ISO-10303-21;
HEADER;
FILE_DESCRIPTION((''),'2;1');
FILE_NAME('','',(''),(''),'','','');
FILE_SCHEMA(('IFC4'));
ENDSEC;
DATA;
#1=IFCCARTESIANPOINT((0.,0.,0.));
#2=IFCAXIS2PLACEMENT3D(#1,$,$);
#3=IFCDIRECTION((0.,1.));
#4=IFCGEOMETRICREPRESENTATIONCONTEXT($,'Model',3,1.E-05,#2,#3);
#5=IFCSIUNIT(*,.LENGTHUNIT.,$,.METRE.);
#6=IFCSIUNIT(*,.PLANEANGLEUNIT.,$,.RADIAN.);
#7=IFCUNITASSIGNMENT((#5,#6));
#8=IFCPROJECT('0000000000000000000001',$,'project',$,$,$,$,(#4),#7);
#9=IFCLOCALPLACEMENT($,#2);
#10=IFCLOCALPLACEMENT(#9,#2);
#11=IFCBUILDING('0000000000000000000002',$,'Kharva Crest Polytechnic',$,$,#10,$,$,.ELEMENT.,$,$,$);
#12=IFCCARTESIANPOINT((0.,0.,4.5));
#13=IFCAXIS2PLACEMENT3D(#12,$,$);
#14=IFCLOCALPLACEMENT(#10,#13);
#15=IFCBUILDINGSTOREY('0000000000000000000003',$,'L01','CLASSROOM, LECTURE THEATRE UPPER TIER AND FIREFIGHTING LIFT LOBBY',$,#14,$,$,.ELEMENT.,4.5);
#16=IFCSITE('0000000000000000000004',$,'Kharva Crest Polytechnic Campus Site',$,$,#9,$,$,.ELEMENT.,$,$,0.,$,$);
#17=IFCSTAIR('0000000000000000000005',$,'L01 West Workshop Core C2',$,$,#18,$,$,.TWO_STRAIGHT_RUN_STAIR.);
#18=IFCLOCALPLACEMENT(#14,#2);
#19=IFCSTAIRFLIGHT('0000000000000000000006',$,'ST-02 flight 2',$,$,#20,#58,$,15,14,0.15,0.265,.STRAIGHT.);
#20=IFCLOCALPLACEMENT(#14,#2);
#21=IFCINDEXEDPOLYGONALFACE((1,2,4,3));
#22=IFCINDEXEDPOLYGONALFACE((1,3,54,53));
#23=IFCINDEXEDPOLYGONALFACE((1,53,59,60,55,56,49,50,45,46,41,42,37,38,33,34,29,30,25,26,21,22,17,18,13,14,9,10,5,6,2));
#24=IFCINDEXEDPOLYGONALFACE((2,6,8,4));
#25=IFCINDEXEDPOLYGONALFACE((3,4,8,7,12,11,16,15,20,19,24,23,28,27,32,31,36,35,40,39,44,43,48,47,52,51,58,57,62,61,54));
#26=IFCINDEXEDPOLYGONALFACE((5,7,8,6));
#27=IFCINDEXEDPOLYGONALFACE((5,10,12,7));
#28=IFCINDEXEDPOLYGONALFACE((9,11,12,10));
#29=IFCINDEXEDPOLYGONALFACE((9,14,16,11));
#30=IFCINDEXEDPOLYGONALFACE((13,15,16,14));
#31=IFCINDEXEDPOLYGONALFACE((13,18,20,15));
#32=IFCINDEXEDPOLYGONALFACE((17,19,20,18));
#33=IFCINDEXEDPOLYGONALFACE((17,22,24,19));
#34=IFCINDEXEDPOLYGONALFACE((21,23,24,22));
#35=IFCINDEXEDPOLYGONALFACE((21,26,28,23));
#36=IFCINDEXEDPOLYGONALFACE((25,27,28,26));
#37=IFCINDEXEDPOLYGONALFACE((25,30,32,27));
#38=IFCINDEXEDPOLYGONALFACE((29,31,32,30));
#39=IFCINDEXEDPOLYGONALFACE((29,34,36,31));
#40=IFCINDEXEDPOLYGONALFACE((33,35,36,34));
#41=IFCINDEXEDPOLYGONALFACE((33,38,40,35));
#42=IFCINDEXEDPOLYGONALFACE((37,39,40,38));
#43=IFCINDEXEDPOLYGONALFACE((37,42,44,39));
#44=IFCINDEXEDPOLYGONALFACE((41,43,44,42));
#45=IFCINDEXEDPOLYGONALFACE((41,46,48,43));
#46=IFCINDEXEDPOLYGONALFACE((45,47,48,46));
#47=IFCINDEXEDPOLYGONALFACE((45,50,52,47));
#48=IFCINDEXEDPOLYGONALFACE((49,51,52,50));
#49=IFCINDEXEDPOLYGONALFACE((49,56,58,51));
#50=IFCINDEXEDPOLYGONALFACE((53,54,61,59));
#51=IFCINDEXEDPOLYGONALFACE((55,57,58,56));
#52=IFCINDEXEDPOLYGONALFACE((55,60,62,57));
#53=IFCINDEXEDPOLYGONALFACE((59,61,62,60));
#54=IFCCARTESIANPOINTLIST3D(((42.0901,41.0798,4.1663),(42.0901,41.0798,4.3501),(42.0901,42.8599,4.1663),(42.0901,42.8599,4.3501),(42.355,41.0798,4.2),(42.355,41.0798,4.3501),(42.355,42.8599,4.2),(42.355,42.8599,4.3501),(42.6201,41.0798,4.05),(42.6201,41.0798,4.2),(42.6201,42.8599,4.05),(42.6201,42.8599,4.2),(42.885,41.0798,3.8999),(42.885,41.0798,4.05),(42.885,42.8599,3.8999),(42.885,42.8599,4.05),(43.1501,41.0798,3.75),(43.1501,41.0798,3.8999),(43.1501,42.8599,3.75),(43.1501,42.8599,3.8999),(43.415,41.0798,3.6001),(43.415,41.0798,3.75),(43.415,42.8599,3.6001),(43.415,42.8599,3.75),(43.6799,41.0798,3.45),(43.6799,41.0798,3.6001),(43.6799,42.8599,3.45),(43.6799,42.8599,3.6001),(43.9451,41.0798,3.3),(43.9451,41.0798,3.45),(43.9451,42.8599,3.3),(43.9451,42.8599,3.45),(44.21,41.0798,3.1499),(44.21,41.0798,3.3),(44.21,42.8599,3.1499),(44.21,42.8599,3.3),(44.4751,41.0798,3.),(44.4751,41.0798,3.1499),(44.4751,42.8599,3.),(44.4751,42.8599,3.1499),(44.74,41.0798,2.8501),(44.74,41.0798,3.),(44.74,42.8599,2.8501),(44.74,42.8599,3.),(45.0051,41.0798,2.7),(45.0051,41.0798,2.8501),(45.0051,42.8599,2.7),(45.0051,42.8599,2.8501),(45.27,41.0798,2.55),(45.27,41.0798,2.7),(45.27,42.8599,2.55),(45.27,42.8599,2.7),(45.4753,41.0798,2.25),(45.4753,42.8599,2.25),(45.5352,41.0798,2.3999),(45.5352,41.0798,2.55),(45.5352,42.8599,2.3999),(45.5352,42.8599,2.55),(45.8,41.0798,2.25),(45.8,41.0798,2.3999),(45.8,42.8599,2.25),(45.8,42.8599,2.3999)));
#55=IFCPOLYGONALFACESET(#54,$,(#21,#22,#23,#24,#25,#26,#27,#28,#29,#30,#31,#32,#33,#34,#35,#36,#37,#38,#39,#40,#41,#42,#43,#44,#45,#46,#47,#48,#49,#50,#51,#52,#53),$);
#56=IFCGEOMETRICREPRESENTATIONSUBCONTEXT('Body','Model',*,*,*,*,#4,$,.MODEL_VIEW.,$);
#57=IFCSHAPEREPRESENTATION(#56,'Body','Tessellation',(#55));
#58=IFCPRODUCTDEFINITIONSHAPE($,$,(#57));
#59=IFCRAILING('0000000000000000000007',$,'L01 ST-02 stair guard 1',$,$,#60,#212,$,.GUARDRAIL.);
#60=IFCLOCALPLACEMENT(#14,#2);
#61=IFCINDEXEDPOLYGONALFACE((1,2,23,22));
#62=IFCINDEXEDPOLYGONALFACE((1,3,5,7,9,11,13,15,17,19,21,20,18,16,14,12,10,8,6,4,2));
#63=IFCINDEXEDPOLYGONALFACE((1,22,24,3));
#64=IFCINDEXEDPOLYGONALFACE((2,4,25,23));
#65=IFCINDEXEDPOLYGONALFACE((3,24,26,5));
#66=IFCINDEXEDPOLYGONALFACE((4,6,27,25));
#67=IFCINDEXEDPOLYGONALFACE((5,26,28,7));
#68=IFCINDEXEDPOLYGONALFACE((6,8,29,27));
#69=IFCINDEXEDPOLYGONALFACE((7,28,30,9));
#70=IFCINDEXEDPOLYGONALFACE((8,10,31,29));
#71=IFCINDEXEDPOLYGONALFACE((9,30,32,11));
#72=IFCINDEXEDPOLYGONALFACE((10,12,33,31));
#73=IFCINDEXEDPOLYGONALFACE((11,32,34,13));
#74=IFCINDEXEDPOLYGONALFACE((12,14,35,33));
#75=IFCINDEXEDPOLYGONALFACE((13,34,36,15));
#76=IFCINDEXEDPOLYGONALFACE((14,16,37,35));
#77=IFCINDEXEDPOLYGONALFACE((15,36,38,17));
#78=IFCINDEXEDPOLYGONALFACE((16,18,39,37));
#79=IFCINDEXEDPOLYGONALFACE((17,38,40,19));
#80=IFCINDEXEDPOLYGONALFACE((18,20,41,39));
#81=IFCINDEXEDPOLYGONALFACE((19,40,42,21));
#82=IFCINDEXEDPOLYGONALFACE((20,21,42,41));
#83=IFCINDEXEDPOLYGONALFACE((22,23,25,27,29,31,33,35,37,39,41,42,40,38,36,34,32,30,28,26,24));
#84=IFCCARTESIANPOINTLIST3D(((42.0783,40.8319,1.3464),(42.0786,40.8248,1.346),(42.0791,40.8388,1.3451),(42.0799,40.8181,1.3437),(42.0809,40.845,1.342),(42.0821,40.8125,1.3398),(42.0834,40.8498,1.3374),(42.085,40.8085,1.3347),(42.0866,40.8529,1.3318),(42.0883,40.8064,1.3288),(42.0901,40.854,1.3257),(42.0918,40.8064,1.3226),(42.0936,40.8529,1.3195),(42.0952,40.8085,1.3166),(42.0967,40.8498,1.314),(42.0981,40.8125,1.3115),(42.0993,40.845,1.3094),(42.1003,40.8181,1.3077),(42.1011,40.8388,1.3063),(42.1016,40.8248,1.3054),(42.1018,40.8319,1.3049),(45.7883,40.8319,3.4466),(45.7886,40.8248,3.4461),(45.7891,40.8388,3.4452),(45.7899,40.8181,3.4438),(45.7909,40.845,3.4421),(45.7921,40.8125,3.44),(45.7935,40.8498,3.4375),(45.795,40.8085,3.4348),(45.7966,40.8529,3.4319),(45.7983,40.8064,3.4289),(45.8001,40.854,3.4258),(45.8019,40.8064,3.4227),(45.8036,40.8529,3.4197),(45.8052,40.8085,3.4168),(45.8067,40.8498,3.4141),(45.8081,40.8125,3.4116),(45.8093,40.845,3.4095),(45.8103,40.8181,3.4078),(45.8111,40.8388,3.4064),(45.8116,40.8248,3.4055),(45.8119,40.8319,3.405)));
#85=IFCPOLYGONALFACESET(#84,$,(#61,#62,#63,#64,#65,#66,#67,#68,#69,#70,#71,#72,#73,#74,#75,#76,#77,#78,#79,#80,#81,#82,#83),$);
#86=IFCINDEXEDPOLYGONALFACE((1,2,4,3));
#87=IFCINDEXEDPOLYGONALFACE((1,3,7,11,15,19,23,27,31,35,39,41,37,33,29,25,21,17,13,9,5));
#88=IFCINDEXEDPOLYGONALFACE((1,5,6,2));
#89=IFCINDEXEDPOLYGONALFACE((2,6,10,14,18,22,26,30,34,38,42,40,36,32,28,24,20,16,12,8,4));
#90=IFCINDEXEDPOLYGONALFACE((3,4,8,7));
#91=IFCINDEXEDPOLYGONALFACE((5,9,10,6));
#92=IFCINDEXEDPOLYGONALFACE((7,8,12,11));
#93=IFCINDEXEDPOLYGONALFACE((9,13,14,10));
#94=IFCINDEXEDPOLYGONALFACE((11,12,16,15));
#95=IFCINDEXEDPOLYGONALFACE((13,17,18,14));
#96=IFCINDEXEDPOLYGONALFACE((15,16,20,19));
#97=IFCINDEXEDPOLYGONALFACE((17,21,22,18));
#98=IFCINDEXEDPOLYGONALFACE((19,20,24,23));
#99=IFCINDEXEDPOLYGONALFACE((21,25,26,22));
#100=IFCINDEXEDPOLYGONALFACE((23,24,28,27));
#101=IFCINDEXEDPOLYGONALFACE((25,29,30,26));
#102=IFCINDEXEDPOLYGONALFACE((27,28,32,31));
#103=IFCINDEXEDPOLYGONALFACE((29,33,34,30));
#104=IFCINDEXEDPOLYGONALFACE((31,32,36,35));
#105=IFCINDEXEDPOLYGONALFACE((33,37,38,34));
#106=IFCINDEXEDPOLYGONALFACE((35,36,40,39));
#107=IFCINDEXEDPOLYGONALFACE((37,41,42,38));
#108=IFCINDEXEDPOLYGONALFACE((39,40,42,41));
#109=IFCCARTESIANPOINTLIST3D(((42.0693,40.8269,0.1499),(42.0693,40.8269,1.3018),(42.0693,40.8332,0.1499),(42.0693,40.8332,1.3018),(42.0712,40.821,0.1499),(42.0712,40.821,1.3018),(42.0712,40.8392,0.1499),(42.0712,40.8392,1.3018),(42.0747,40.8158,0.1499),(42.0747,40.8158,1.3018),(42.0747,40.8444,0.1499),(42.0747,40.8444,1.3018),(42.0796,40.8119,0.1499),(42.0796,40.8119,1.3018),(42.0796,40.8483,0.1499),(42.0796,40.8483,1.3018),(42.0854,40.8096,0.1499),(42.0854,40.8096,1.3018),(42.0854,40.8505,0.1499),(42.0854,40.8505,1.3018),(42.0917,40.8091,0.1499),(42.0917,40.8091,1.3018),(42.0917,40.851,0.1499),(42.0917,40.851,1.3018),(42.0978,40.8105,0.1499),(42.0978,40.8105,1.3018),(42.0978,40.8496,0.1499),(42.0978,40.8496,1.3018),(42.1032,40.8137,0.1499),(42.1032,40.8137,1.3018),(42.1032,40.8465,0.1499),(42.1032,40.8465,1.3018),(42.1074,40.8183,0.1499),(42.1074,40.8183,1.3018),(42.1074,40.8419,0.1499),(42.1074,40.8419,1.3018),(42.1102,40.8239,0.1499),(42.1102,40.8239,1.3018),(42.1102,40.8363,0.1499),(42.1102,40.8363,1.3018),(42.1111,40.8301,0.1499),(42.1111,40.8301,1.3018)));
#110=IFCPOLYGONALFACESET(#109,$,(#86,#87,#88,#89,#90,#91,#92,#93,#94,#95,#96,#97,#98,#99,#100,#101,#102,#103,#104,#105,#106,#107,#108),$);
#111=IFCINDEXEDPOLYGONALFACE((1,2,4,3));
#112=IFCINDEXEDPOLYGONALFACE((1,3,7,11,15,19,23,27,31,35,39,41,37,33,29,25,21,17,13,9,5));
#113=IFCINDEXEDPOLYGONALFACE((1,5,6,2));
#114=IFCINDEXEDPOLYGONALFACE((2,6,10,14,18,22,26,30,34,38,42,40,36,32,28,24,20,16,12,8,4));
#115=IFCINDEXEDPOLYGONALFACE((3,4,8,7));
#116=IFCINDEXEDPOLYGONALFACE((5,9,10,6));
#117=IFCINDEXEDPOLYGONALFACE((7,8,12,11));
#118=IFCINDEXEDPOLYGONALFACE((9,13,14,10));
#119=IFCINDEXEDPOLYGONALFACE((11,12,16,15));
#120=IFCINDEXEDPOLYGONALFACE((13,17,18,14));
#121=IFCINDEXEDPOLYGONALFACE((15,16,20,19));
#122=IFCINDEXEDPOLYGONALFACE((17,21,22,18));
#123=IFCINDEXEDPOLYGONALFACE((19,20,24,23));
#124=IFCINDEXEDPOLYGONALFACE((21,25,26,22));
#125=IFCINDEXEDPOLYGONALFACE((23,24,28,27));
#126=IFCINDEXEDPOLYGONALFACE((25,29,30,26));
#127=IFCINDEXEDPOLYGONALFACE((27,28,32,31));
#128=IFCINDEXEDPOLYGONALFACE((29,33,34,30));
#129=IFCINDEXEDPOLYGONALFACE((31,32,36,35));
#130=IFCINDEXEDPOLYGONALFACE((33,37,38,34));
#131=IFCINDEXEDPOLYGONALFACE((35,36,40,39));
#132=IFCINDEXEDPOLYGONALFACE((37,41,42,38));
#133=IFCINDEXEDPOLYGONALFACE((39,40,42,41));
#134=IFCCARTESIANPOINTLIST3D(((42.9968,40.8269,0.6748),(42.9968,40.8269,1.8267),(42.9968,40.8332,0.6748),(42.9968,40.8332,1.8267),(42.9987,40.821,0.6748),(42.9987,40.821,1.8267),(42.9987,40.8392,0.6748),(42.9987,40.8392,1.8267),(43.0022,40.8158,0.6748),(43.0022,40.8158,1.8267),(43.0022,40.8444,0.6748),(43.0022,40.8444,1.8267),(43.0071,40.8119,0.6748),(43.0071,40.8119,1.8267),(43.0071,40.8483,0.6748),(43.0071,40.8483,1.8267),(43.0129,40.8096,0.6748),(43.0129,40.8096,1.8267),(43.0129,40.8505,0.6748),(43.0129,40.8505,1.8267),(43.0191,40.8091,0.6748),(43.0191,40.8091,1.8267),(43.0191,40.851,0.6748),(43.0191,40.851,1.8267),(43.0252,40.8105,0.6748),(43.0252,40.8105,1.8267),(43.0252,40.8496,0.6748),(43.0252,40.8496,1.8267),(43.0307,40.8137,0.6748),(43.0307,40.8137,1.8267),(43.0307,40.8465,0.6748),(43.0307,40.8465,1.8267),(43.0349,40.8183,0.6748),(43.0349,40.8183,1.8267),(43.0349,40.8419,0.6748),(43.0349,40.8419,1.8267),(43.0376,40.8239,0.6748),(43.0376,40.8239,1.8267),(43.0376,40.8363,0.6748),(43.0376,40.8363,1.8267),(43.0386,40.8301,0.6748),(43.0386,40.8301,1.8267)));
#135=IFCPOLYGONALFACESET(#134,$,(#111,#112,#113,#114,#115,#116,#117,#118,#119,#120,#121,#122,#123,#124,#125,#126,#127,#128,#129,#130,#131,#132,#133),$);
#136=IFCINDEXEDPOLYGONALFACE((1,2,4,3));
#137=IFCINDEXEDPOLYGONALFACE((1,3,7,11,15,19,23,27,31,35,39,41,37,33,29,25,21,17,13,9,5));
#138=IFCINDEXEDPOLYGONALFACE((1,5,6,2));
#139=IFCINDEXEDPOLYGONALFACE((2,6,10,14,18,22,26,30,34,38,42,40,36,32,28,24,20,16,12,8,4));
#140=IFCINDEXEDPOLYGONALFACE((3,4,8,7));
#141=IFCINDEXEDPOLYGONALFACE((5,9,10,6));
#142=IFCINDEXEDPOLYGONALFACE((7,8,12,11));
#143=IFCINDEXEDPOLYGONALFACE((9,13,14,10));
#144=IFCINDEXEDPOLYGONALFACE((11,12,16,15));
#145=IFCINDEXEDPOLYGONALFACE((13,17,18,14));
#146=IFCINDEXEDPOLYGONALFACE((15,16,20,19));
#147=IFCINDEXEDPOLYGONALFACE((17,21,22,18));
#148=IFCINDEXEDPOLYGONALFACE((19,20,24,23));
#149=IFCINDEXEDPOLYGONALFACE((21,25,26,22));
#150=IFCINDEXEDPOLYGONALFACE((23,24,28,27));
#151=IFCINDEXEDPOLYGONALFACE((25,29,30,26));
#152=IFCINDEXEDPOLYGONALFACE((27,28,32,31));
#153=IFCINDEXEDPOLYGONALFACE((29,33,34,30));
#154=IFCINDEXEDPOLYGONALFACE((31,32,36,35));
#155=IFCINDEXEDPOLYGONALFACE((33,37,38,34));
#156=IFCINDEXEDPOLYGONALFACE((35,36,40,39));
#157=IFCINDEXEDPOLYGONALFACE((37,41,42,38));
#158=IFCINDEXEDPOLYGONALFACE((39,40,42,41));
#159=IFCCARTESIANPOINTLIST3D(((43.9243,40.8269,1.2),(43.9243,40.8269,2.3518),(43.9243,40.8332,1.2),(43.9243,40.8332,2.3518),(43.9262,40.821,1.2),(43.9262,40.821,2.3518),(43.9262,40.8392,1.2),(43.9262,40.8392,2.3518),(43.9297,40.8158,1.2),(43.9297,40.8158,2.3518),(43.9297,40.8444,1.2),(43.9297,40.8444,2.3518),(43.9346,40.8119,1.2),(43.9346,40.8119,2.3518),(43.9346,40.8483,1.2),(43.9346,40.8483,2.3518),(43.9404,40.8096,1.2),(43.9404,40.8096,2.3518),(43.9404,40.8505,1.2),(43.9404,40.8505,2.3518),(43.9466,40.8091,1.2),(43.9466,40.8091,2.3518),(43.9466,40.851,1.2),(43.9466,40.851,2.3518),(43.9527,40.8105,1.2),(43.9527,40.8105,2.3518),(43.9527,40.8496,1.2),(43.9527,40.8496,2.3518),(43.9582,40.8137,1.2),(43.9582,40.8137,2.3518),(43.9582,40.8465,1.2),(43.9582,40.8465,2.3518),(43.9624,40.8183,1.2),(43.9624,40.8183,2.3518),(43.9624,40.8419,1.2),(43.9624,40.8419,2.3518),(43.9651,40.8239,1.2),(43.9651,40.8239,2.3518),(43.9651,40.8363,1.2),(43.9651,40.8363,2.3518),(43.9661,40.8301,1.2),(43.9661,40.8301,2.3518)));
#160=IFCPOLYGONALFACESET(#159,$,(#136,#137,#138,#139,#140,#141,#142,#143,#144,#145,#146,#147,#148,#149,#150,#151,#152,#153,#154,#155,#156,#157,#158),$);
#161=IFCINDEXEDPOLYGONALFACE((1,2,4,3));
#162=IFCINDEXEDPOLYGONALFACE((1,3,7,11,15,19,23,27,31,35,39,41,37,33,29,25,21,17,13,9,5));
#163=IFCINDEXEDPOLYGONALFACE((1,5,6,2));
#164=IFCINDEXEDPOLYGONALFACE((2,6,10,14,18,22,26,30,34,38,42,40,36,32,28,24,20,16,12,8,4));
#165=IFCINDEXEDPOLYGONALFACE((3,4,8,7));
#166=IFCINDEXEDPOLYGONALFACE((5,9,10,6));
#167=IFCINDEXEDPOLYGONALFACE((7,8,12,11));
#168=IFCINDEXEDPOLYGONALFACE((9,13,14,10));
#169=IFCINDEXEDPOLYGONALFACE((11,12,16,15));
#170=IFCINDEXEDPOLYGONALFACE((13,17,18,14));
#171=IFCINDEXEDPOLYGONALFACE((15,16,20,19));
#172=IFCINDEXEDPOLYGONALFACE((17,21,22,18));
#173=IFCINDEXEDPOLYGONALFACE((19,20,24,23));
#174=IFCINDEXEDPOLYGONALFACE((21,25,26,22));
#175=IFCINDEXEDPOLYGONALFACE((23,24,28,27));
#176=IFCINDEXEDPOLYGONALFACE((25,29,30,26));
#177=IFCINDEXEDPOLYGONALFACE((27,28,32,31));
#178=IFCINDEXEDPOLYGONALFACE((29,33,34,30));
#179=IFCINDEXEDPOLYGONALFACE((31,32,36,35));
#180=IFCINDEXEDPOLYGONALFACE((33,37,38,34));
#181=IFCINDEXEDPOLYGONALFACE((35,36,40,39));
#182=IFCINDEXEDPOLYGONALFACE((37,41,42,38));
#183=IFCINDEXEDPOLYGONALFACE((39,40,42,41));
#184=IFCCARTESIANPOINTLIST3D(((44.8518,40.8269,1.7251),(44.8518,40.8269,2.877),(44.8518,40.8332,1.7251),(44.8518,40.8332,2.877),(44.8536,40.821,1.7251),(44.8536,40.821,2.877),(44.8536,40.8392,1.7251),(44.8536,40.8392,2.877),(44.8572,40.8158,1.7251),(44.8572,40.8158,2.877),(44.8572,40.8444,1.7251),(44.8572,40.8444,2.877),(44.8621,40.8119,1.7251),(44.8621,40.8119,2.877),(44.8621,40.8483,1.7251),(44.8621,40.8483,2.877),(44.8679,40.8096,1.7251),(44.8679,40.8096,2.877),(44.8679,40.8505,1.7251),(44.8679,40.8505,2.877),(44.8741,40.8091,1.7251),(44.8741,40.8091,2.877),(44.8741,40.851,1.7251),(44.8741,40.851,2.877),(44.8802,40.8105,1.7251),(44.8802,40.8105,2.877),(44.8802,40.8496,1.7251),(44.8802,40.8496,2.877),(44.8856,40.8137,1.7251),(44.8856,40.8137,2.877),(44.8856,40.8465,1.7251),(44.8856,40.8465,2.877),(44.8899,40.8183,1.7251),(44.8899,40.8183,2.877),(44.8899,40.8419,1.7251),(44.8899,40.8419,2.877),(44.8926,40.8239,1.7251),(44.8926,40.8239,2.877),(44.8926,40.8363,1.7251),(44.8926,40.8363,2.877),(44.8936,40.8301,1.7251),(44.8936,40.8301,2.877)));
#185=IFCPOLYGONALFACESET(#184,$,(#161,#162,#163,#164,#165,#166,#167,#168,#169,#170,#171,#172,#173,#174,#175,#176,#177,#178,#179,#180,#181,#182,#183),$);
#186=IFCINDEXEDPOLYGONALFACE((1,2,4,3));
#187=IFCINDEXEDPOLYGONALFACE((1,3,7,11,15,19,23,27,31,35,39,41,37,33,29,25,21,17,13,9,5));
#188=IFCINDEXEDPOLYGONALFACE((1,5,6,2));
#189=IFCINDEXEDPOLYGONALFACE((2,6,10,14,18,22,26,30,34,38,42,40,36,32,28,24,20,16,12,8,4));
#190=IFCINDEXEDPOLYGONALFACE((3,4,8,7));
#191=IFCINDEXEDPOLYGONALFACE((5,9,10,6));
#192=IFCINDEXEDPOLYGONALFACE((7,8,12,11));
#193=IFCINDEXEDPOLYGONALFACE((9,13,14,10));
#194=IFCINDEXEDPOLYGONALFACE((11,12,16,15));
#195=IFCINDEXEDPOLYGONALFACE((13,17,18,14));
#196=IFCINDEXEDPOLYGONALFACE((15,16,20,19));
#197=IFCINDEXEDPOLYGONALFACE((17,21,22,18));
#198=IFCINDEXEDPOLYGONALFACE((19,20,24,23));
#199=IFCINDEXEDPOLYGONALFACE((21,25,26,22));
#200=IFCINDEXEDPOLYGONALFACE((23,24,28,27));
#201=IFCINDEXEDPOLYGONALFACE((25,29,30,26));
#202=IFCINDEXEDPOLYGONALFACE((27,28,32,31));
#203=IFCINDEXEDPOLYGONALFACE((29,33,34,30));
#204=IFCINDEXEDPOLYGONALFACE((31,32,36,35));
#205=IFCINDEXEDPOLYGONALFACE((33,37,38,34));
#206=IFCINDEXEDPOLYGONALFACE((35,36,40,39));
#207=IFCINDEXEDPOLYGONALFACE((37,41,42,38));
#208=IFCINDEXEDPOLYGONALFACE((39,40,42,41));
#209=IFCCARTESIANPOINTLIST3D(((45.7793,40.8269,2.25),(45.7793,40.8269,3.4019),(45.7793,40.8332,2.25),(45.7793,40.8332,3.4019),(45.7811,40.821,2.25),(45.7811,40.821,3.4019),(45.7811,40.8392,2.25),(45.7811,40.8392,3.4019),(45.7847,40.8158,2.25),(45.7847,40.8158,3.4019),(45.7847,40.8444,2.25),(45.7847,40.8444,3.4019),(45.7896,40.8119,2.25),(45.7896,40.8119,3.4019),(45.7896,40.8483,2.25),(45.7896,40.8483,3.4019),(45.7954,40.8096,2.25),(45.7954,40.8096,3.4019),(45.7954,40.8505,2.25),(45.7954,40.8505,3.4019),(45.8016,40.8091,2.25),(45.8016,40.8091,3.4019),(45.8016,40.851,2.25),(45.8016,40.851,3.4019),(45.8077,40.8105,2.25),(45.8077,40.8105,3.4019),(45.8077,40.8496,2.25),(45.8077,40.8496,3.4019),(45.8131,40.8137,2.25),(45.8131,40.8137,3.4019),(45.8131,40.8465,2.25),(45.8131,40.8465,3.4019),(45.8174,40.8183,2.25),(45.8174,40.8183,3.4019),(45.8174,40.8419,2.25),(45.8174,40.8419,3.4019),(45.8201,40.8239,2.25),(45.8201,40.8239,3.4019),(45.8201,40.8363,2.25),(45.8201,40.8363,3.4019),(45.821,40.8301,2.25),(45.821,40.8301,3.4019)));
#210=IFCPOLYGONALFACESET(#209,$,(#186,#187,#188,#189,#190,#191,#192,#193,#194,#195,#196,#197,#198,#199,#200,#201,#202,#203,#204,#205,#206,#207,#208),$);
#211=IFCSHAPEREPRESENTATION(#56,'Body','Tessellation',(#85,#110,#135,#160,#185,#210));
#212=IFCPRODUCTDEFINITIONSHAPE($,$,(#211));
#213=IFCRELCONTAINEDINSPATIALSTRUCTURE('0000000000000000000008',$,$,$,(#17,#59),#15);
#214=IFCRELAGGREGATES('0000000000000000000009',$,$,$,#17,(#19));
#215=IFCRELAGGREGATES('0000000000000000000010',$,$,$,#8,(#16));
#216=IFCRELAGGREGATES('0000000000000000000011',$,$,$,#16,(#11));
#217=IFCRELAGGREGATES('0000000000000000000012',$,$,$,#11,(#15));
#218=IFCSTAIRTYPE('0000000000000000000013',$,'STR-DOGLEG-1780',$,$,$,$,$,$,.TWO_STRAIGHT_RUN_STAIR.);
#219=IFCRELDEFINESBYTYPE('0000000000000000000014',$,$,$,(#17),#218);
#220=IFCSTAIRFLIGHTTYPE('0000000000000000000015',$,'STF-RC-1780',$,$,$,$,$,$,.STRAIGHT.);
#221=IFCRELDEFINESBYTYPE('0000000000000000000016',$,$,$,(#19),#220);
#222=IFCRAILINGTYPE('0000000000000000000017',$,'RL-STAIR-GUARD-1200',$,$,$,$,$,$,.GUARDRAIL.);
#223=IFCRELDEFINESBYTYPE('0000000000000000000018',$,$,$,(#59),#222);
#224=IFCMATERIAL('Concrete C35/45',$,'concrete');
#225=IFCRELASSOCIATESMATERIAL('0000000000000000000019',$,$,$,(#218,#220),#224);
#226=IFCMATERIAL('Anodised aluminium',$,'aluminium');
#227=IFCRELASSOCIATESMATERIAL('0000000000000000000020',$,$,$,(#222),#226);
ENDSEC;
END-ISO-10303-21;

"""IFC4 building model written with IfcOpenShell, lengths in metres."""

from ifc_helpers import new_model, si_unit, direction, frame, origin, origin_2d, place, context, subcontext, project, spatial, polyline, circle, outline, extrude, material, type_object, element, aggregate, save


model = new_model("IFC4")

# Units and contexts
model_context = context("Model", 3, precision=1e-05, world=origin(), true_north=direction((0.0, 1.0)))
body_context = subcontext(model_context, "Body", "Model", "MODEL_VIEW")
ifc_project = project(units=[si_unit("LENGTHUNIT", "METRE"), si_unit("PLANEANGLEUNIT", "RADIAN")], contexts=[model_context])

# Site, building, storey
site_placement = place(None, origin())
site = spatial("IfcSite", under=ifc_project, at=site_placement, Name="Kharva Crest Polytechnic Campus Site", CompositionType="ELEMENT", RefElevation=0.0)
building_placement = place(site_placement, origin())
building = spatial("IfcBuilding", under=site, at=building_placement, Name="Kharva Crest Polytechnic", CompositionType="ELEMENT")
storey_placement = place(building_placement, frame((0.0, 0.0, 4.5)))
storey = spatial("IfcBuildingStorey", under=building, at=storey_placement, Name="L01", Description="CLASSROOM, LECTURE THEATRE UPPER TIER AND FIREFIGHTING LIFT LOBBY", CompositionType="ELEMENT", Elevation=4.5)

# Shared definitions
ifc_material_1 = material(Name="Concrete C35/45", Category="concrete")

# Stair, stair flight
stair_type = type_object("IfcStairType", Name="STR-DOGLEG-1780", PredefinedType="TWO_STRAIGHT_RUN_STAIR", material=ifc_material_1)
stair_placement = place(storey_placement, origin())
stair = element("IfcStair", 1, at=stair_placement, inside=storey, type_object=stair_type, Name="L01 West Workshop Core C2", PredefinedType="TWO_STRAIGHT_RUN_STAIR")
stair_flight_type = type_object("IfcStairFlightType", Name="STF-RC-1780", PredefinedType="STRAIGHT", material=ifc_material_1)
stair_flight_1_placement = place(storey_placement, frame((45.8, 41.97, 2.25), z_axis=(0.0, 0.0, 1.0), x_axis=(-1.0, 0.0, 0.0)))
stair_flight_1 = element("IfcStairFlight", 2, at=stair_flight_1_placement, type_object=stair_flight_type, Name="ST-02 flight 2", NumberOfRisers=15, NumberOfTreads=14, PredefinedType="STRAIGHT", RiserHeight=0.15, TreadLength=0.265, context=body_context, shape_type="SweptSolid", body=[
    extrude(outline(polyline([(0.0, 0.0), (0.0, 0.1499), (0.2649, 0.1499), (0.2649, 0.3), (0.53, 0.3), (0.53, 0.45), (0.7949, 0.45), (0.7949, 0.6001), (1.0601, 0.6001), (1.0601, 0.75), (1.325, 0.75), (1.325, 0.8999), (1.5901, 0.8999), (1.5901, 1.05), (1.855, 1.05), (1.855, 1.2), (2.1201, 1.2), (2.1201, 1.3501), (2.385, 1.3501), (2.385, 1.5), (2.6499, 1.5), (2.6499, 1.6499), (2.915, 1.6499), (2.915, 1.8), (3.1799, 1.8), (3.1799, 1.95), (3.4451, 1.95), (3.4451, 2.1001), (3.71, 2.1001), (3.71, 2.25), (3.71, 1.9163), (0.3247, 0.0), (0.0, 0.0)])), frame((0.0, 0.8901, 0.0), z_axis=(0.0, -1.0, 0.0), x_axis=(1.0, 0.0, 0.0)), (0.0, 0.0, 1.0), 1.78),
])
aggregate(stair, [stair_flight_1])

# Railing
ifc_material_2 = material(Name="Anodised aluminium", Category="aluminium")
railing_type_1 = type_object("IfcRailingType", Name="RL-STAIR-GUARD-1200", PredefinedType="GUARDRAIL", material=ifc_material_2)
railing_1_placement = place(storey_placement, frame((42.0901, 40.8301, 0.1499)))
element("IfcRailing", 3, at=railing_1_placement, inside=storey, type_object=railing_type_1, Name="L01 ST-02 stair guard 1", PredefinedType="GUARDRAIL", context=body_context, shape_type="SweptSolid", body=[
    extrude(circle(Radius=0.0239, at=origin_2d()), frame((0.0, 0.0, 1.1758), z_axis=(0.870245, 0.0, 0.492619), x_axis=(0.0, 1.0, 0.0)), (0.0, 0.0, 1.0), 4.2632),
    extrude(circle(Radius=0.021, at=origin_2d()), origin(), (0.0, 0.0, 1.0), 1.1519),
    extrude(circle(Radius=0.021, at=origin_2d()), frame((0.9275, 0.0, 0.5249)), (0.0, 0.0, 1.0), 1.1519),
    extrude(circle(Radius=0.021, at=origin_2d()), frame((1.855, 0.0, 1.05)), (0.0, 0.0, 1.0), 1.1519),
    extrude(circle(Radius=0.021, at=origin_2d()), frame((2.7825, 0.0, 1.5752)), (0.0, 0.0, 1.0), 1.1519),
    extrude(circle(Radius=0.021, at=origin_2d()), frame((3.71, 0.0, 2.1001)), (0.0, 0.0, 1.0), 1.1519),
])

save(model, "model.ifc")
